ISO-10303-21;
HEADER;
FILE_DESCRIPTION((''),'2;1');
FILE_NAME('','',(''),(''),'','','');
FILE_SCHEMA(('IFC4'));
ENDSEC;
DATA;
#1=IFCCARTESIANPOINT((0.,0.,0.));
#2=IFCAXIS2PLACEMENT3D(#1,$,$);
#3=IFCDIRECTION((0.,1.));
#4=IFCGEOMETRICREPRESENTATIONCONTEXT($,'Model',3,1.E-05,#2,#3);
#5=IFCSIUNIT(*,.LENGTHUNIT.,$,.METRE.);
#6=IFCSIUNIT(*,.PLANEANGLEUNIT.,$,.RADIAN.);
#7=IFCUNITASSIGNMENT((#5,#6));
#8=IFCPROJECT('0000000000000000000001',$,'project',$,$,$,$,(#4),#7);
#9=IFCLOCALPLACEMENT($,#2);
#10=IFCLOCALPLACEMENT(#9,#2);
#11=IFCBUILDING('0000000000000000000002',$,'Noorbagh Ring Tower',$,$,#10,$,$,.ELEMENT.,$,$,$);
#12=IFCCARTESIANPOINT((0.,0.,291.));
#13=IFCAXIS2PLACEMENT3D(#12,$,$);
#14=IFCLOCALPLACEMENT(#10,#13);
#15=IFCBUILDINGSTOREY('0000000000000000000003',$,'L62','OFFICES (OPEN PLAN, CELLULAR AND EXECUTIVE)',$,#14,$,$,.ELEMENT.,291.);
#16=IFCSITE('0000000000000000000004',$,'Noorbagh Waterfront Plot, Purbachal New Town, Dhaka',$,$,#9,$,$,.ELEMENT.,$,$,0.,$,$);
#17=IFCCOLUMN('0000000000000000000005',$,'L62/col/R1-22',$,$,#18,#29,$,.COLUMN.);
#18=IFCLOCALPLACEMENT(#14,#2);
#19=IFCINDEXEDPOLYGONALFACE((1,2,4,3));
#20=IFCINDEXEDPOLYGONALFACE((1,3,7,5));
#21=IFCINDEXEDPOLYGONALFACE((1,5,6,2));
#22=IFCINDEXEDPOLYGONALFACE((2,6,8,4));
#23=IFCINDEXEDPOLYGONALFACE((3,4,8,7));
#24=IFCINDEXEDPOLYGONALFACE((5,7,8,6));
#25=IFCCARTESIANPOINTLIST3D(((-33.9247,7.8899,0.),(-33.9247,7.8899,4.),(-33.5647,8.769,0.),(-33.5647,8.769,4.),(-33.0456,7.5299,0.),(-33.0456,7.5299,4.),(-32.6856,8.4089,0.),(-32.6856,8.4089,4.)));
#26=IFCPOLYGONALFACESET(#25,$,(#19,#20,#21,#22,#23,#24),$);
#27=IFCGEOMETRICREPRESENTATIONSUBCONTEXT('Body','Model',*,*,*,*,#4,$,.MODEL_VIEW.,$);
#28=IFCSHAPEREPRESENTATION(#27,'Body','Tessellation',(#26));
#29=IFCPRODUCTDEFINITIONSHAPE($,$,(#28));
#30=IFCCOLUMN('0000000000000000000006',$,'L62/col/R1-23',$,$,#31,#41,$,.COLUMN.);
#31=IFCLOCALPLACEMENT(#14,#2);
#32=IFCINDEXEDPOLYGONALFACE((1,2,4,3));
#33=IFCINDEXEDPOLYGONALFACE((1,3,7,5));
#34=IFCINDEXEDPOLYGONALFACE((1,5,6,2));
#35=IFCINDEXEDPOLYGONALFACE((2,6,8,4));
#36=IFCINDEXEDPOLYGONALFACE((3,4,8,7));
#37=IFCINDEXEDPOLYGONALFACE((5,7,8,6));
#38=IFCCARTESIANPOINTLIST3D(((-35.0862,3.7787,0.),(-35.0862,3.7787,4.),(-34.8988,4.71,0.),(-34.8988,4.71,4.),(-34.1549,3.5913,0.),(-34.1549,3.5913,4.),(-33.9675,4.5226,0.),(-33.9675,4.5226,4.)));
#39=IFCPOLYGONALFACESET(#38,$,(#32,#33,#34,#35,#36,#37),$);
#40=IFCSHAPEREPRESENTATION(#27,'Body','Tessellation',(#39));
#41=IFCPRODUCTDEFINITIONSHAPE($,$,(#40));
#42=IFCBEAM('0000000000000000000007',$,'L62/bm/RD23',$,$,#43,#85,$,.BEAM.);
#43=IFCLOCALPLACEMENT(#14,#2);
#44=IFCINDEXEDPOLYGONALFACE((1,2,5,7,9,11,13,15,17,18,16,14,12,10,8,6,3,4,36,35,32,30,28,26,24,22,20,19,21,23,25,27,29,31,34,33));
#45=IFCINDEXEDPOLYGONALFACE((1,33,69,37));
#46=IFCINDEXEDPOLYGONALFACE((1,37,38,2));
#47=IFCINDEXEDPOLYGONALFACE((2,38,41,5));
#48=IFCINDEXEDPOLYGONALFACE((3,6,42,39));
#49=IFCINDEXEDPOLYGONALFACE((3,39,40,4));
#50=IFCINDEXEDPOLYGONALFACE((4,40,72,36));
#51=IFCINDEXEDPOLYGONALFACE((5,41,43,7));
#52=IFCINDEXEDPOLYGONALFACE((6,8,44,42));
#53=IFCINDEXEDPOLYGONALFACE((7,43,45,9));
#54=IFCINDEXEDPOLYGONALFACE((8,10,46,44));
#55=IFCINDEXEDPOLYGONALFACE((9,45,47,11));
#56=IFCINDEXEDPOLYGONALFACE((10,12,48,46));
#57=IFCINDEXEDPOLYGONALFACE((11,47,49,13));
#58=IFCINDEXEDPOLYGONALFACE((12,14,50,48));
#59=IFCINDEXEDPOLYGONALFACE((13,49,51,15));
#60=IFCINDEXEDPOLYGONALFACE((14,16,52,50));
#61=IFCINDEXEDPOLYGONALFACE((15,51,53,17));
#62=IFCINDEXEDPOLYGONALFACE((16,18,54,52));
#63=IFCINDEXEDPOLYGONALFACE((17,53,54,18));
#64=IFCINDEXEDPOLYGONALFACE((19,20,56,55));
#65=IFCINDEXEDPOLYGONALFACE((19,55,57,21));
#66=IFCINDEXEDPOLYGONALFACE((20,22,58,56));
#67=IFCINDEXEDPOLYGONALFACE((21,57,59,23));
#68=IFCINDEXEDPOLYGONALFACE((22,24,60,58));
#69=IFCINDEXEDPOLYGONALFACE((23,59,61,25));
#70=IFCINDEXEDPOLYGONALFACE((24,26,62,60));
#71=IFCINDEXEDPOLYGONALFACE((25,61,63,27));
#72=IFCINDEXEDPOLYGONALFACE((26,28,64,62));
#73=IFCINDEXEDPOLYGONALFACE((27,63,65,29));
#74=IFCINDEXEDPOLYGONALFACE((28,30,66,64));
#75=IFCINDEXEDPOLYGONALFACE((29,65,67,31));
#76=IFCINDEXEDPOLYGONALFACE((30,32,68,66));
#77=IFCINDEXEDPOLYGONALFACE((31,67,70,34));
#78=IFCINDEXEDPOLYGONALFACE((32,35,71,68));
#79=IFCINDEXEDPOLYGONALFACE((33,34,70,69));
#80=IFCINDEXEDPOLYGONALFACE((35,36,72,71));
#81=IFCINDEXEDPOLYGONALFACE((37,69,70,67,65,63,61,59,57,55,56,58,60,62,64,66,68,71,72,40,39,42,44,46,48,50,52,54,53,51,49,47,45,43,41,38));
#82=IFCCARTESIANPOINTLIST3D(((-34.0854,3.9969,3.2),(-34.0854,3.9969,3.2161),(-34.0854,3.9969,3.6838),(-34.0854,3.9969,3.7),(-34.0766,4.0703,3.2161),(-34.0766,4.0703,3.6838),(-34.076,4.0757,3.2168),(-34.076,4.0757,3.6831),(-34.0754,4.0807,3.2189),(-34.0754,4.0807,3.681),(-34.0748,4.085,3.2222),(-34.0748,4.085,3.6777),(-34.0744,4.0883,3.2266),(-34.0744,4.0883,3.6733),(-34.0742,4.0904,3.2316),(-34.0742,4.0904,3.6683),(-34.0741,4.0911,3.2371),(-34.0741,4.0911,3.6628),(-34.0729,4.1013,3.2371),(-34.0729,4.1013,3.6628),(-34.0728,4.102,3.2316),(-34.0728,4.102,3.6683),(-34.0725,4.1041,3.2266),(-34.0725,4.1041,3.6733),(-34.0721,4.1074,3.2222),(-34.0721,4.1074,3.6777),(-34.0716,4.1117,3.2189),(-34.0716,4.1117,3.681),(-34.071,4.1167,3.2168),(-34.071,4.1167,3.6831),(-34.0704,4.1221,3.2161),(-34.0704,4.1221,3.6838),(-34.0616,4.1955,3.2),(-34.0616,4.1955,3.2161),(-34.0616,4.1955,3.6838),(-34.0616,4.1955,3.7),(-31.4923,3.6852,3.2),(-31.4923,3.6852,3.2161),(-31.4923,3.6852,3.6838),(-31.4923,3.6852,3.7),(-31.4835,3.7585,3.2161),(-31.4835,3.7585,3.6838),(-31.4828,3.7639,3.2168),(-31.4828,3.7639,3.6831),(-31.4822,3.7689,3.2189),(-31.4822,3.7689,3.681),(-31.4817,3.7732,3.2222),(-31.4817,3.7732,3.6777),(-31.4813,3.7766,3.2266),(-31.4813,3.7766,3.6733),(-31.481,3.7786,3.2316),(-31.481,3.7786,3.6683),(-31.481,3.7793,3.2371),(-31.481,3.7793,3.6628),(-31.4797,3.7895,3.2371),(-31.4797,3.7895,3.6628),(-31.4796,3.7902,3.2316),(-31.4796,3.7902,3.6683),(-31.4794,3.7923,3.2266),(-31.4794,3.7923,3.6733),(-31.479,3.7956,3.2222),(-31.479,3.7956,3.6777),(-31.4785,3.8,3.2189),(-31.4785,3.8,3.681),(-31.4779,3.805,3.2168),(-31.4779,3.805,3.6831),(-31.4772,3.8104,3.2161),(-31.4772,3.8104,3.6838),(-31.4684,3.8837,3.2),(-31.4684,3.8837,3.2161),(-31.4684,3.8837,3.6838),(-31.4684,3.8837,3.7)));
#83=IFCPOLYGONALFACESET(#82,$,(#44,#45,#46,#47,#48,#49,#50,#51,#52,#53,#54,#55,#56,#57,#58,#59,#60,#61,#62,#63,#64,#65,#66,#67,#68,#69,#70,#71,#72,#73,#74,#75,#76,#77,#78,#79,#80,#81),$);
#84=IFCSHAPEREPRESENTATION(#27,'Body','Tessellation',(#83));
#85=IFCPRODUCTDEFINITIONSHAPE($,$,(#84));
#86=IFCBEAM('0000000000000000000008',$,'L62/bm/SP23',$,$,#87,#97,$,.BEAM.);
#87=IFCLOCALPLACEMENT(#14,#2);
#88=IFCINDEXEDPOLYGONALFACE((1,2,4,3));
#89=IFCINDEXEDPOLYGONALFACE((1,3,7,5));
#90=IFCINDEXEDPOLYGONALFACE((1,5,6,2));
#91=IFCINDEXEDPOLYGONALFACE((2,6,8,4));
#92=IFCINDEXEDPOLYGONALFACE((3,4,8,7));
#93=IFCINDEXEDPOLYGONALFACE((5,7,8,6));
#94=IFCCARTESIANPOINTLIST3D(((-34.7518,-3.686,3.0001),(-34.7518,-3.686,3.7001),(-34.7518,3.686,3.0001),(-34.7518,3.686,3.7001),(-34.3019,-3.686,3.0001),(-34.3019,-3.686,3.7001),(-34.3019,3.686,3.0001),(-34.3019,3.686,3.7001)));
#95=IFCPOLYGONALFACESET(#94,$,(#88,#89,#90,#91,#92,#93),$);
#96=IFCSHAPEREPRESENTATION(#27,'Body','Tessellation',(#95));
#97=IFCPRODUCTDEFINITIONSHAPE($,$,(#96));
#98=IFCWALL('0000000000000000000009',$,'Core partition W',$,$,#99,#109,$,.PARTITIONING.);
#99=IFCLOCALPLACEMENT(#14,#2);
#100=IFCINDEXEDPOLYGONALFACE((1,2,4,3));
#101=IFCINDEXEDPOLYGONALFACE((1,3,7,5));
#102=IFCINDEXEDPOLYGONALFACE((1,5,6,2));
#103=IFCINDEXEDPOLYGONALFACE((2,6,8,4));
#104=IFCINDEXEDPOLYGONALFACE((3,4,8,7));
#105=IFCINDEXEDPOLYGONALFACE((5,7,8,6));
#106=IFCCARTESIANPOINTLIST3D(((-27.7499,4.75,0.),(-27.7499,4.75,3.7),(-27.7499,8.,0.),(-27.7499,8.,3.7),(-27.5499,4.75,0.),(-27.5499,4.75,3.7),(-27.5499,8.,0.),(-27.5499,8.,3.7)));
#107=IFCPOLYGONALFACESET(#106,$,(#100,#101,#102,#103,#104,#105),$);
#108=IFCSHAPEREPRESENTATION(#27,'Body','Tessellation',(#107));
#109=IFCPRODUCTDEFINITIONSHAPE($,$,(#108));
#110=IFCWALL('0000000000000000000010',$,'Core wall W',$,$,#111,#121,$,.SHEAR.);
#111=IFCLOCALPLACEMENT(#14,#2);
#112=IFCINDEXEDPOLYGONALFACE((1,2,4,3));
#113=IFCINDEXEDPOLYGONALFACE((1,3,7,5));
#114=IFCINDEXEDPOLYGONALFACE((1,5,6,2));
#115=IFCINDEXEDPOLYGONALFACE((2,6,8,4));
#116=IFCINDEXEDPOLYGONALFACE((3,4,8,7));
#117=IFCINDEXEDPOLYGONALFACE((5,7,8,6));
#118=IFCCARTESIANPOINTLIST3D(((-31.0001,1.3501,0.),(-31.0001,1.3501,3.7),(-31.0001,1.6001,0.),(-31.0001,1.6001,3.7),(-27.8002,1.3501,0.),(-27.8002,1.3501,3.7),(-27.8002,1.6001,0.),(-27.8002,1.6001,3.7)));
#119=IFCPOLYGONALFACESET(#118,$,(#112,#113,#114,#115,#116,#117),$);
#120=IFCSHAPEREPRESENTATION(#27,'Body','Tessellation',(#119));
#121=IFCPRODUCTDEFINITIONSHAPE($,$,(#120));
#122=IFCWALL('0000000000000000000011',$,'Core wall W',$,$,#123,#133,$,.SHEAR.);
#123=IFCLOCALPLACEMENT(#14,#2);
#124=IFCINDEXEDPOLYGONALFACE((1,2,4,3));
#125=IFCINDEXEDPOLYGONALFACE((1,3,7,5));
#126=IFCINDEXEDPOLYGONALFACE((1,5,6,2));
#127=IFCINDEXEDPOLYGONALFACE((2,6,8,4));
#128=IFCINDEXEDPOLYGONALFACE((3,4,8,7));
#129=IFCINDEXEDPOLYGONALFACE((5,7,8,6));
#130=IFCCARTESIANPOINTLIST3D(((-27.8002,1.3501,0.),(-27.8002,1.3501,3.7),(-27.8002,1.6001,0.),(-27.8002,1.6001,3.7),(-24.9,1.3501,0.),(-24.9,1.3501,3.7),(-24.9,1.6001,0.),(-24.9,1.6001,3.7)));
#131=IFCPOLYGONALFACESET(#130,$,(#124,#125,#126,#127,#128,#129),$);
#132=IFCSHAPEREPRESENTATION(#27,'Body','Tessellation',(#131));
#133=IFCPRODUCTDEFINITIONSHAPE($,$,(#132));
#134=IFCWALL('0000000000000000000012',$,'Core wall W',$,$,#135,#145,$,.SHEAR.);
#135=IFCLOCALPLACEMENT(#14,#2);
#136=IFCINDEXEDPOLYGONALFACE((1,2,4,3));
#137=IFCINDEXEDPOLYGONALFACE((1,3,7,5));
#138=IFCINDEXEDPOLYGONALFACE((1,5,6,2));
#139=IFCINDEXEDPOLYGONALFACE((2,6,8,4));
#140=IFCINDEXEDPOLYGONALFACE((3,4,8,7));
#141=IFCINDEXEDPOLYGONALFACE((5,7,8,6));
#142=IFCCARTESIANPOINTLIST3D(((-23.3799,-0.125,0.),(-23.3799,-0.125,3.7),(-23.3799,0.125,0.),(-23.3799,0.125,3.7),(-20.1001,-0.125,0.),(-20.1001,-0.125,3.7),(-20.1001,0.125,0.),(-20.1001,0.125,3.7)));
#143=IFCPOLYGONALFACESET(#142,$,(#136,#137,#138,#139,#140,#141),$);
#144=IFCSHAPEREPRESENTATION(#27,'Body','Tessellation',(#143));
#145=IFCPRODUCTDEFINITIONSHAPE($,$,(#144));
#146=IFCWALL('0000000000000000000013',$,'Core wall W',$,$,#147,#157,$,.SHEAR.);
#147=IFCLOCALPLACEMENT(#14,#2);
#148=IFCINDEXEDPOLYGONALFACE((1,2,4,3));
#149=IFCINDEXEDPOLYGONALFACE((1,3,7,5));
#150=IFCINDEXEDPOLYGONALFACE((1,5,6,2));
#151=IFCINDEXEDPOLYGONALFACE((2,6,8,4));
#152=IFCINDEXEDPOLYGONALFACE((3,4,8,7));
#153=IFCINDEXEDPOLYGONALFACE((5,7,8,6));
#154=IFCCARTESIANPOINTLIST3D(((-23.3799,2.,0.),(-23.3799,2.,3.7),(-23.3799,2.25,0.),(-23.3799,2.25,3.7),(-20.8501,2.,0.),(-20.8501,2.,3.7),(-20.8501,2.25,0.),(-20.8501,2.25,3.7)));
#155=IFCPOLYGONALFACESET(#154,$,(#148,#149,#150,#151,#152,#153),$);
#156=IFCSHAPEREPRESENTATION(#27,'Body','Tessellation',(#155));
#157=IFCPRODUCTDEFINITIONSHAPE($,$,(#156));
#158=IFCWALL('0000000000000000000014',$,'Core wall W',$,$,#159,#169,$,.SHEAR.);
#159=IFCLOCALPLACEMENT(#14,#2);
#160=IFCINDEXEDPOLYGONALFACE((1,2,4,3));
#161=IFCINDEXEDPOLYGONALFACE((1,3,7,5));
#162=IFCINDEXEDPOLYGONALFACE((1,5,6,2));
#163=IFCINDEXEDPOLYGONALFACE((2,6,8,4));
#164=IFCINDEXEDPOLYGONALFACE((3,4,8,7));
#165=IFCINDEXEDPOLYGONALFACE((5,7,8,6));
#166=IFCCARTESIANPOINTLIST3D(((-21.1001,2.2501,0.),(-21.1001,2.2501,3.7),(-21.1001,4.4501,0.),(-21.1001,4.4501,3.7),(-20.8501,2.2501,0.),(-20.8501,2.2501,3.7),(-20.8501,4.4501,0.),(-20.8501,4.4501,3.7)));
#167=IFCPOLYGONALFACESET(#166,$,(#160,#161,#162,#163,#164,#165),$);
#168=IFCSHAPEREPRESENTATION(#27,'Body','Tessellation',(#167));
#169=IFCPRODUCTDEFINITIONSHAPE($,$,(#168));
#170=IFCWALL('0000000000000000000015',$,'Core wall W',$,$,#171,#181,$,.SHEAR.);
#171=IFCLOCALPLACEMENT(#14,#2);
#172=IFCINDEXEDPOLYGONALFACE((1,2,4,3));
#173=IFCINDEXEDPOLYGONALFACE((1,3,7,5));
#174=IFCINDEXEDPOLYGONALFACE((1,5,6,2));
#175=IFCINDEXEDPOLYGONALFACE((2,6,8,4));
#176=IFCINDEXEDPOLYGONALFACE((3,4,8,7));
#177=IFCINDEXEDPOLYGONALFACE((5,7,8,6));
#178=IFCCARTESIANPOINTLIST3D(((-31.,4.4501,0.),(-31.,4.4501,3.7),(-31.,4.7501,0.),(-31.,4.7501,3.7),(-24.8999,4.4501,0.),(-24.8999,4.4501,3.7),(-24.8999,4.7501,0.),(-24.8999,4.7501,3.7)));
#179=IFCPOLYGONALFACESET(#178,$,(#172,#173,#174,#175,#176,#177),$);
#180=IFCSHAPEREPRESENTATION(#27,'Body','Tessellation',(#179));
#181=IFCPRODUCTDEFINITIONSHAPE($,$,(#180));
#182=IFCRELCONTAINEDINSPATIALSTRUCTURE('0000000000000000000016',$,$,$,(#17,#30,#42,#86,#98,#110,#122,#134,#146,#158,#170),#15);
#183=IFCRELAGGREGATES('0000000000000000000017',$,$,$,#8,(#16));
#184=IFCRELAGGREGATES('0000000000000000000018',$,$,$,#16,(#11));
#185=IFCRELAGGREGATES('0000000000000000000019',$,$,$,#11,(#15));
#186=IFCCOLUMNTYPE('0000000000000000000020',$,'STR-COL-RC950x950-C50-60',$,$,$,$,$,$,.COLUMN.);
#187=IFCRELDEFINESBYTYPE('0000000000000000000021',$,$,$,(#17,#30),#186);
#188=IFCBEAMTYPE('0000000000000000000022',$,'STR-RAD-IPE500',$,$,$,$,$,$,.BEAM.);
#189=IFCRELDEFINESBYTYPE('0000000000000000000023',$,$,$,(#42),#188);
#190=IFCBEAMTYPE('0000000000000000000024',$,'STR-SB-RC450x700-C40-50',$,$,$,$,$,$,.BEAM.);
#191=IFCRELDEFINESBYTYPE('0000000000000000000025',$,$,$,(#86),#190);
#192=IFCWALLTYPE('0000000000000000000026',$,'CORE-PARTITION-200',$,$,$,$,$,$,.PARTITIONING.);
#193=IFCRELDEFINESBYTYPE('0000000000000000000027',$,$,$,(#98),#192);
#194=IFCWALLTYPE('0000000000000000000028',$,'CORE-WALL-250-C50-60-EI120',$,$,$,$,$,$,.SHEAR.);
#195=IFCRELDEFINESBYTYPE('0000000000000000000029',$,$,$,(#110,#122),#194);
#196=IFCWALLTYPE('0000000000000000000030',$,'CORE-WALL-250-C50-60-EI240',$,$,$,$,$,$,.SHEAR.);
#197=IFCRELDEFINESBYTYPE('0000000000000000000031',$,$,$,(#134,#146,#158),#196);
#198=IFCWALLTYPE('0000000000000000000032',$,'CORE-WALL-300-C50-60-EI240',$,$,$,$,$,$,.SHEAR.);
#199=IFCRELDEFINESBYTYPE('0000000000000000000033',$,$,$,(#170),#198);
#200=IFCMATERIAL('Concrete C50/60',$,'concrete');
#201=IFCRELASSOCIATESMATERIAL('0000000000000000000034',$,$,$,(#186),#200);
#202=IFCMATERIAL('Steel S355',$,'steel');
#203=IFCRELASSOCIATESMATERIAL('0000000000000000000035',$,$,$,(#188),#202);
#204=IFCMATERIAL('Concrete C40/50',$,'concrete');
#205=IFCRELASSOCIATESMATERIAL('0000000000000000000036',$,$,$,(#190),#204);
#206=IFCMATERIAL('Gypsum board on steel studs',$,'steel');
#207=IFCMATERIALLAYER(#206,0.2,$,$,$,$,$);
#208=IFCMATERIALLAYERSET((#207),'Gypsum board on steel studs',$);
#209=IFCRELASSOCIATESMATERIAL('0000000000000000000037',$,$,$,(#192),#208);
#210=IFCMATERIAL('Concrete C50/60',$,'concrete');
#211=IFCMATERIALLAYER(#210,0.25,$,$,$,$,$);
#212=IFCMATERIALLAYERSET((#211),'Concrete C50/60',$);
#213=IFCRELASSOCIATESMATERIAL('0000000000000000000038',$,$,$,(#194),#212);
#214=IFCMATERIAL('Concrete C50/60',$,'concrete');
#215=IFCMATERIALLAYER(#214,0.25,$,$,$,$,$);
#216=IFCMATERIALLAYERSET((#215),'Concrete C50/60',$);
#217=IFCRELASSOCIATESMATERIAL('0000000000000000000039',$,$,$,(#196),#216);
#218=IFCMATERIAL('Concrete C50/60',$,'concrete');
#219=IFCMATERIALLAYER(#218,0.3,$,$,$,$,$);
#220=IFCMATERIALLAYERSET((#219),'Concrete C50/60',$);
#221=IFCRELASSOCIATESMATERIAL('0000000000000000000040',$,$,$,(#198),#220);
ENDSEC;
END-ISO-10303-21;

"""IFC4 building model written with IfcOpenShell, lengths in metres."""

from ifc_helpers import new_model, si_unit, direction, frame, frame_2d, origin, origin_2d, place, context, subcontext, project, spatial, rectangle, i_section, extrude, material, layer, layer_set, material_profile, profile_set, type_object, element, save


model = new_model("IFC4")

# Units and contexts
model_context = context("Model", 3, precision=1e-05, world=origin(), true_north=direction((0.0, 1.0)))
body_context = subcontext(model_context, "Body", "Model", "MODEL_VIEW")
ifc_project = project(units=[si_unit("LENGTHUNIT", "METRE"), si_unit("PLANEANGLEUNIT", "RADIAN")], contexts=[model_context])

# Site, building, storey
site_placement = place(None, origin())
site = spatial("IfcSite", under=ifc_project, at=site_placement, Name="Noorbagh Waterfront Plot, Purbachal New Town, Dhaka", CompositionType="ELEMENT", RefElevation=0.0)
building_placement = place(site_placement, origin())
building = spatial("IfcBuilding", under=site, at=building_placement, Name="Noorbagh Ring Tower", CompositionType="ELEMENT")
storey_placement = place(building_placement, frame((0.0, 0.0, 291.0)))
storey = spatial("IfcBuildingStorey", under=building, at=storey_placement, Name="L62", Description="OFFICES (OPEN PLAN, CELLULAR AND EXECUTIVE)", CompositionType="ELEMENT", Elevation=291.0)

# Columns
ifc_material_1 = material(Name="Concrete C50/60", Category="concrete")
ifc_material_profile_1 = material_profile(ifc_material_1, rectangle(XDim=0.95, YDim=0.95, at=origin_2d()), Name="RC950x950")
ifc_profile_set_1 = profile_set([ifc_material_profile_1], Name="Concrete C50/60")
column_type = type_object("IfcColumnType", Name="STR-COL-RC950x950-C50-60", PredefinedType="COLUMN", material=ifc_profile_set_1)
for number, where, z_axis, x_axis, name in (
    (1, (-33.3052, 8.1494, 0.0), (0.0, 0.0, 1.0), (-0.378989, -0.925401, 0.0), "L62/col/R1-22"),
    (2, (-34.5269, 4.1506, 0.0), (0.0, 0.0, 1.0), (-0.19723, -0.980357, 0.0), "L62/col/R1-23"),
):
    element("IfcColumn", number, at=place(storey_placement, frame(where, z_axis=z_axis, x_axis=x_axis)), inside=storey, type_object=column_type, Name=name, PredefinedType="COLUMN", context=body_context, shape_type="SweptSolid", body=[
        extrude(rectangle(XDim=0.95, YDim=0.95, at=origin_2d()), origin(), (0.0, 0.0, 1.0), 4.0),
    ])

# Beams
ifc_material_2 = material(Name="Steel S355", Category="steel")
ifc_material_profile_2 = material_profile(ifc_material_2, i_section(OverallWidth=0.2, OverallDepth=0.5, WebThickness=0.0103, FlangeThickness=0.0161, FilletRadius=0.021, at=origin_2d()), Name="IPE500")
ifc_profile_set_2 = profile_set([ifc_material_profile_2], Name="Steel S355")
beam_type_1 = type_object("IfcBeamType", Name="STR-RAD-IPE500", PredefinedType="BEAM", material=ifc_profile_set_2)
beam_1_placement = place(storey_placement, frame((-34.0735, 4.0962, 3.45), z_axis=(0.992851, -0.119363, 0.0), x_axis=(0.119363, 0.992851, 0.0)))
element("IfcBeam", 3, at=beam_1_placement, inside=storey, type_object=beam_type_1, Name="L62/bm/RD23", PredefinedType="BEAM", context=body_context, shape_type="SweptSolid", body=[
    extrude(i_section(OverallWidth=0.2, OverallDepth=0.5, WebThickness=0.0103, FlangeThickness=0.0161, FilletRadius=0.021, at=origin_2d()), origin(), (0.0, 0.0, 1.0), 2.6118),
])
ifc_material_3 = material(Name="Concrete C40/50", Category="concrete")
ifc_material_profile_3 = material_profile(ifc_material_3, rectangle(XDim=0.45, YDim=0.7, at=origin_2d()), Name="RC450x700")
ifc_profile_set_3 = profile_set([ifc_material_profile_3], Name="Concrete C40/50")
beam_type_2 = type_object("IfcBeamType", Name="STR-SB-RC450x700-C40-50", PredefinedType="BEAM", material=ifc_profile_set_3)
beam_2_placement = place(storey_placement, frame((-34.5269, 3.686, 3.3501), z_axis=(0.0, -1.0, 0.0), x_axis=(1.0, 0.0, 0.0)))
element("IfcBeam", 4, at=beam_2_placement, inside=storey, type_object=beam_type_2, Name="L62/bm/SP23", PredefinedType="BEAM", context=body_context, shape_type="SweptSolid", body=[
    extrude(rectangle(XDim=0.45, YDim=0.7, at=origin_2d()), origin(), (0.0, 0.0, 1.0), 7.3721),
])

# Walls
ifc_material_4 = material(Name="Gypsum board on steel studs", Category="steel")
ifc_layer_1 = layer(ifc_material_4, 0.2)
ifc_layer_set_1 = layer_set([ifc_layer_1], Name="Gypsum board on steel studs")
wall_type_1 = type_object("IfcWallType", Name="CORE-PARTITION-200", PredefinedType="PARTITIONING", material=ifc_layer_set_1)
wall_1_placement = place(storey_placement, frame((-27.6499, 4.75, 0.0), z_axis=(0.0, 0.0, 1.0), x_axis=(0.0, 1.0, 0.0)))
element("IfcWall", 5, at=wall_1_placement, inside=storey, type_object=wall_type_1, Name="Core partition W", PredefinedType="PARTITIONING", context=body_context, shape_type="SweptSolid", body=[
    extrude(rectangle(XDim=3.25, YDim=0.2, at=frame_2d((1.625, 0.0))), origin(), (0.0, 0.0, 1.0), 3.7),
])
ifc_material_5 = material(Name="Concrete C50/60", Category="concrete")
ifc_layer_2 = layer(ifc_material_5, 0.25)
ifc_layer_set_2 = layer_set([ifc_layer_2], Name="Concrete C50/60")
wall_type_2 = type_object("IfcWallType", Name="CORE-WALL-250-C50-60-EI120", PredefinedType="SHEAR", material=ifc_layer_set_2)
wall_2_placement = place(storey_placement, frame((-27.8, 1.4751, 0.0), z_axis=(0.0, 0.0, 1.0), x_axis=(-1.0, 0.0, 0.0)))
element("IfcWall", 6, at=wall_2_placement, inside=storey, type_object=wall_type_2, Name="Core wall W", PredefinedType="SHEAR", context=body_context, shape_type="SweptSolid", body=[
    extrude(rectangle(XDim=3.2, YDim=0.25, at=frame_2d((1.6001, 0.0))), origin(), (0.0, 0.0, 1.0), 3.7),
])
wall_3_placement = place(storey_placement, frame((-24.8999, 1.4751, 0.0), z_axis=(0.0, 0.0, 1.0), x_axis=(-1.0, 0.0, 0.0)))
element("IfcWall", 7, at=wall_3_placement, inside=storey, type_object=wall_type_2, Name="Core wall W", PredefinedType="SHEAR", context=body_context, shape_type="SweptSolid", body=[
    extrude(rectangle(XDim=2.9001, YDim=0.25, at=frame_2d((1.4502, 0.0))), origin(), (0.0, 0.0, 1.0), 3.7),
])
ifc_material_6 = material(Name="Concrete C50/60", Category="concrete")
ifc_layer_3 = layer(ifc_material_6, 0.25)
ifc_layer_set_3 = layer_set([ifc_layer_3], Name="Concrete C50/60")
wall_type_3 = type_object("IfcWallType", Name="CORE-WALL-250-C50-60-EI240", PredefinedType="SHEAR", material=ifc_layer_set_3)
wall_4_placement = place(storey_placement, frame((-20.1001, 0.0, 0.0), z_axis=(0.0, 0.0, 1.0), x_axis=(-1.0, 0.0, 0.0)))
element("IfcWall", 8, at=wall_4_placement, inside=storey, type_object=wall_type_3, Name="Core wall W", PredefinedType="SHEAR", context=body_context, shape_type="SweptSolid", body=[
    extrude(rectangle(XDim=3.2798, YDim=0.25, at=frame_2d((1.6399, 0.0))), origin(), (0.0, 0.0, 1.0), 3.7),
])
wall_5_placement = place(storey_placement, frame((-20.8501, 2.125, 0.0), z_axis=(0.0, 0.0, 1.0), x_axis=(-1.0, 0.0, 0.0)))
element("IfcWall", 9, at=wall_5_placement, inside=storey, type_object=wall_type_3, Name="Core wall W", PredefinedType="SHEAR", context=body_context, shape_type="SweptSolid", body=[
    extrude(rectangle(XDim=2.5298, YDim=0.25, at=frame_2d((1.2649, 0.0))), origin(), (0.0, 0.0, 1.0), 3.7),
])
wall_6_placement = place(storey_placement, frame((-20.9751, 2.25, 0.0), z_axis=(0.0, 0.0, 1.0), x_axis=(0.0, 1.0, 0.0)))
element("IfcWall", 10, at=wall_6_placement, inside=storey, type_object=wall_type_3, Name="Core wall W", PredefinedType="SHEAR", context=body_context, shape_type="SweptSolid", body=[
    extrude(rectangle(XDim=2.2, YDim=0.25, at=frame_2d((1.1001, 0.0))), origin(), (0.0, 0.0, 1.0), 3.7),
])
ifc_material_7 = material(Name="Concrete C50/60", Category="concrete")
ifc_layer_4 = layer(ifc_material_7, 0.3)
ifc_layer_set_4 = layer_set([ifc_layer_4], Name="Concrete C50/60")
wall_type_4 = type_object("IfcWallType", Name="CORE-WALL-300-C50-60-EI240", PredefinedType="SHEAR", material=ifc_layer_set_4)
wall_7_placement = place(storey_placement, frame((-24.8999, 4.6001, 0.0), z_axis=(0.0, 0.0, 1.0), x_axis=(-1.0, 0.0, 0.0)))
element("IfcWall", 11, at=wall_7_placement, inside=storey, type_object=wall_type_4, Name="Core wall W", PredefinedType="SHEAR", context=body_context, shape_type="SweptSolid", body=[
    extrude(rectangle(XDim=6.1001, YDim=0.3, at=frame_2d((3.05, 0.0))), origin(), (0.0, 0.0, 1.0), 3.7),
])

save(model, "model.ifc")
